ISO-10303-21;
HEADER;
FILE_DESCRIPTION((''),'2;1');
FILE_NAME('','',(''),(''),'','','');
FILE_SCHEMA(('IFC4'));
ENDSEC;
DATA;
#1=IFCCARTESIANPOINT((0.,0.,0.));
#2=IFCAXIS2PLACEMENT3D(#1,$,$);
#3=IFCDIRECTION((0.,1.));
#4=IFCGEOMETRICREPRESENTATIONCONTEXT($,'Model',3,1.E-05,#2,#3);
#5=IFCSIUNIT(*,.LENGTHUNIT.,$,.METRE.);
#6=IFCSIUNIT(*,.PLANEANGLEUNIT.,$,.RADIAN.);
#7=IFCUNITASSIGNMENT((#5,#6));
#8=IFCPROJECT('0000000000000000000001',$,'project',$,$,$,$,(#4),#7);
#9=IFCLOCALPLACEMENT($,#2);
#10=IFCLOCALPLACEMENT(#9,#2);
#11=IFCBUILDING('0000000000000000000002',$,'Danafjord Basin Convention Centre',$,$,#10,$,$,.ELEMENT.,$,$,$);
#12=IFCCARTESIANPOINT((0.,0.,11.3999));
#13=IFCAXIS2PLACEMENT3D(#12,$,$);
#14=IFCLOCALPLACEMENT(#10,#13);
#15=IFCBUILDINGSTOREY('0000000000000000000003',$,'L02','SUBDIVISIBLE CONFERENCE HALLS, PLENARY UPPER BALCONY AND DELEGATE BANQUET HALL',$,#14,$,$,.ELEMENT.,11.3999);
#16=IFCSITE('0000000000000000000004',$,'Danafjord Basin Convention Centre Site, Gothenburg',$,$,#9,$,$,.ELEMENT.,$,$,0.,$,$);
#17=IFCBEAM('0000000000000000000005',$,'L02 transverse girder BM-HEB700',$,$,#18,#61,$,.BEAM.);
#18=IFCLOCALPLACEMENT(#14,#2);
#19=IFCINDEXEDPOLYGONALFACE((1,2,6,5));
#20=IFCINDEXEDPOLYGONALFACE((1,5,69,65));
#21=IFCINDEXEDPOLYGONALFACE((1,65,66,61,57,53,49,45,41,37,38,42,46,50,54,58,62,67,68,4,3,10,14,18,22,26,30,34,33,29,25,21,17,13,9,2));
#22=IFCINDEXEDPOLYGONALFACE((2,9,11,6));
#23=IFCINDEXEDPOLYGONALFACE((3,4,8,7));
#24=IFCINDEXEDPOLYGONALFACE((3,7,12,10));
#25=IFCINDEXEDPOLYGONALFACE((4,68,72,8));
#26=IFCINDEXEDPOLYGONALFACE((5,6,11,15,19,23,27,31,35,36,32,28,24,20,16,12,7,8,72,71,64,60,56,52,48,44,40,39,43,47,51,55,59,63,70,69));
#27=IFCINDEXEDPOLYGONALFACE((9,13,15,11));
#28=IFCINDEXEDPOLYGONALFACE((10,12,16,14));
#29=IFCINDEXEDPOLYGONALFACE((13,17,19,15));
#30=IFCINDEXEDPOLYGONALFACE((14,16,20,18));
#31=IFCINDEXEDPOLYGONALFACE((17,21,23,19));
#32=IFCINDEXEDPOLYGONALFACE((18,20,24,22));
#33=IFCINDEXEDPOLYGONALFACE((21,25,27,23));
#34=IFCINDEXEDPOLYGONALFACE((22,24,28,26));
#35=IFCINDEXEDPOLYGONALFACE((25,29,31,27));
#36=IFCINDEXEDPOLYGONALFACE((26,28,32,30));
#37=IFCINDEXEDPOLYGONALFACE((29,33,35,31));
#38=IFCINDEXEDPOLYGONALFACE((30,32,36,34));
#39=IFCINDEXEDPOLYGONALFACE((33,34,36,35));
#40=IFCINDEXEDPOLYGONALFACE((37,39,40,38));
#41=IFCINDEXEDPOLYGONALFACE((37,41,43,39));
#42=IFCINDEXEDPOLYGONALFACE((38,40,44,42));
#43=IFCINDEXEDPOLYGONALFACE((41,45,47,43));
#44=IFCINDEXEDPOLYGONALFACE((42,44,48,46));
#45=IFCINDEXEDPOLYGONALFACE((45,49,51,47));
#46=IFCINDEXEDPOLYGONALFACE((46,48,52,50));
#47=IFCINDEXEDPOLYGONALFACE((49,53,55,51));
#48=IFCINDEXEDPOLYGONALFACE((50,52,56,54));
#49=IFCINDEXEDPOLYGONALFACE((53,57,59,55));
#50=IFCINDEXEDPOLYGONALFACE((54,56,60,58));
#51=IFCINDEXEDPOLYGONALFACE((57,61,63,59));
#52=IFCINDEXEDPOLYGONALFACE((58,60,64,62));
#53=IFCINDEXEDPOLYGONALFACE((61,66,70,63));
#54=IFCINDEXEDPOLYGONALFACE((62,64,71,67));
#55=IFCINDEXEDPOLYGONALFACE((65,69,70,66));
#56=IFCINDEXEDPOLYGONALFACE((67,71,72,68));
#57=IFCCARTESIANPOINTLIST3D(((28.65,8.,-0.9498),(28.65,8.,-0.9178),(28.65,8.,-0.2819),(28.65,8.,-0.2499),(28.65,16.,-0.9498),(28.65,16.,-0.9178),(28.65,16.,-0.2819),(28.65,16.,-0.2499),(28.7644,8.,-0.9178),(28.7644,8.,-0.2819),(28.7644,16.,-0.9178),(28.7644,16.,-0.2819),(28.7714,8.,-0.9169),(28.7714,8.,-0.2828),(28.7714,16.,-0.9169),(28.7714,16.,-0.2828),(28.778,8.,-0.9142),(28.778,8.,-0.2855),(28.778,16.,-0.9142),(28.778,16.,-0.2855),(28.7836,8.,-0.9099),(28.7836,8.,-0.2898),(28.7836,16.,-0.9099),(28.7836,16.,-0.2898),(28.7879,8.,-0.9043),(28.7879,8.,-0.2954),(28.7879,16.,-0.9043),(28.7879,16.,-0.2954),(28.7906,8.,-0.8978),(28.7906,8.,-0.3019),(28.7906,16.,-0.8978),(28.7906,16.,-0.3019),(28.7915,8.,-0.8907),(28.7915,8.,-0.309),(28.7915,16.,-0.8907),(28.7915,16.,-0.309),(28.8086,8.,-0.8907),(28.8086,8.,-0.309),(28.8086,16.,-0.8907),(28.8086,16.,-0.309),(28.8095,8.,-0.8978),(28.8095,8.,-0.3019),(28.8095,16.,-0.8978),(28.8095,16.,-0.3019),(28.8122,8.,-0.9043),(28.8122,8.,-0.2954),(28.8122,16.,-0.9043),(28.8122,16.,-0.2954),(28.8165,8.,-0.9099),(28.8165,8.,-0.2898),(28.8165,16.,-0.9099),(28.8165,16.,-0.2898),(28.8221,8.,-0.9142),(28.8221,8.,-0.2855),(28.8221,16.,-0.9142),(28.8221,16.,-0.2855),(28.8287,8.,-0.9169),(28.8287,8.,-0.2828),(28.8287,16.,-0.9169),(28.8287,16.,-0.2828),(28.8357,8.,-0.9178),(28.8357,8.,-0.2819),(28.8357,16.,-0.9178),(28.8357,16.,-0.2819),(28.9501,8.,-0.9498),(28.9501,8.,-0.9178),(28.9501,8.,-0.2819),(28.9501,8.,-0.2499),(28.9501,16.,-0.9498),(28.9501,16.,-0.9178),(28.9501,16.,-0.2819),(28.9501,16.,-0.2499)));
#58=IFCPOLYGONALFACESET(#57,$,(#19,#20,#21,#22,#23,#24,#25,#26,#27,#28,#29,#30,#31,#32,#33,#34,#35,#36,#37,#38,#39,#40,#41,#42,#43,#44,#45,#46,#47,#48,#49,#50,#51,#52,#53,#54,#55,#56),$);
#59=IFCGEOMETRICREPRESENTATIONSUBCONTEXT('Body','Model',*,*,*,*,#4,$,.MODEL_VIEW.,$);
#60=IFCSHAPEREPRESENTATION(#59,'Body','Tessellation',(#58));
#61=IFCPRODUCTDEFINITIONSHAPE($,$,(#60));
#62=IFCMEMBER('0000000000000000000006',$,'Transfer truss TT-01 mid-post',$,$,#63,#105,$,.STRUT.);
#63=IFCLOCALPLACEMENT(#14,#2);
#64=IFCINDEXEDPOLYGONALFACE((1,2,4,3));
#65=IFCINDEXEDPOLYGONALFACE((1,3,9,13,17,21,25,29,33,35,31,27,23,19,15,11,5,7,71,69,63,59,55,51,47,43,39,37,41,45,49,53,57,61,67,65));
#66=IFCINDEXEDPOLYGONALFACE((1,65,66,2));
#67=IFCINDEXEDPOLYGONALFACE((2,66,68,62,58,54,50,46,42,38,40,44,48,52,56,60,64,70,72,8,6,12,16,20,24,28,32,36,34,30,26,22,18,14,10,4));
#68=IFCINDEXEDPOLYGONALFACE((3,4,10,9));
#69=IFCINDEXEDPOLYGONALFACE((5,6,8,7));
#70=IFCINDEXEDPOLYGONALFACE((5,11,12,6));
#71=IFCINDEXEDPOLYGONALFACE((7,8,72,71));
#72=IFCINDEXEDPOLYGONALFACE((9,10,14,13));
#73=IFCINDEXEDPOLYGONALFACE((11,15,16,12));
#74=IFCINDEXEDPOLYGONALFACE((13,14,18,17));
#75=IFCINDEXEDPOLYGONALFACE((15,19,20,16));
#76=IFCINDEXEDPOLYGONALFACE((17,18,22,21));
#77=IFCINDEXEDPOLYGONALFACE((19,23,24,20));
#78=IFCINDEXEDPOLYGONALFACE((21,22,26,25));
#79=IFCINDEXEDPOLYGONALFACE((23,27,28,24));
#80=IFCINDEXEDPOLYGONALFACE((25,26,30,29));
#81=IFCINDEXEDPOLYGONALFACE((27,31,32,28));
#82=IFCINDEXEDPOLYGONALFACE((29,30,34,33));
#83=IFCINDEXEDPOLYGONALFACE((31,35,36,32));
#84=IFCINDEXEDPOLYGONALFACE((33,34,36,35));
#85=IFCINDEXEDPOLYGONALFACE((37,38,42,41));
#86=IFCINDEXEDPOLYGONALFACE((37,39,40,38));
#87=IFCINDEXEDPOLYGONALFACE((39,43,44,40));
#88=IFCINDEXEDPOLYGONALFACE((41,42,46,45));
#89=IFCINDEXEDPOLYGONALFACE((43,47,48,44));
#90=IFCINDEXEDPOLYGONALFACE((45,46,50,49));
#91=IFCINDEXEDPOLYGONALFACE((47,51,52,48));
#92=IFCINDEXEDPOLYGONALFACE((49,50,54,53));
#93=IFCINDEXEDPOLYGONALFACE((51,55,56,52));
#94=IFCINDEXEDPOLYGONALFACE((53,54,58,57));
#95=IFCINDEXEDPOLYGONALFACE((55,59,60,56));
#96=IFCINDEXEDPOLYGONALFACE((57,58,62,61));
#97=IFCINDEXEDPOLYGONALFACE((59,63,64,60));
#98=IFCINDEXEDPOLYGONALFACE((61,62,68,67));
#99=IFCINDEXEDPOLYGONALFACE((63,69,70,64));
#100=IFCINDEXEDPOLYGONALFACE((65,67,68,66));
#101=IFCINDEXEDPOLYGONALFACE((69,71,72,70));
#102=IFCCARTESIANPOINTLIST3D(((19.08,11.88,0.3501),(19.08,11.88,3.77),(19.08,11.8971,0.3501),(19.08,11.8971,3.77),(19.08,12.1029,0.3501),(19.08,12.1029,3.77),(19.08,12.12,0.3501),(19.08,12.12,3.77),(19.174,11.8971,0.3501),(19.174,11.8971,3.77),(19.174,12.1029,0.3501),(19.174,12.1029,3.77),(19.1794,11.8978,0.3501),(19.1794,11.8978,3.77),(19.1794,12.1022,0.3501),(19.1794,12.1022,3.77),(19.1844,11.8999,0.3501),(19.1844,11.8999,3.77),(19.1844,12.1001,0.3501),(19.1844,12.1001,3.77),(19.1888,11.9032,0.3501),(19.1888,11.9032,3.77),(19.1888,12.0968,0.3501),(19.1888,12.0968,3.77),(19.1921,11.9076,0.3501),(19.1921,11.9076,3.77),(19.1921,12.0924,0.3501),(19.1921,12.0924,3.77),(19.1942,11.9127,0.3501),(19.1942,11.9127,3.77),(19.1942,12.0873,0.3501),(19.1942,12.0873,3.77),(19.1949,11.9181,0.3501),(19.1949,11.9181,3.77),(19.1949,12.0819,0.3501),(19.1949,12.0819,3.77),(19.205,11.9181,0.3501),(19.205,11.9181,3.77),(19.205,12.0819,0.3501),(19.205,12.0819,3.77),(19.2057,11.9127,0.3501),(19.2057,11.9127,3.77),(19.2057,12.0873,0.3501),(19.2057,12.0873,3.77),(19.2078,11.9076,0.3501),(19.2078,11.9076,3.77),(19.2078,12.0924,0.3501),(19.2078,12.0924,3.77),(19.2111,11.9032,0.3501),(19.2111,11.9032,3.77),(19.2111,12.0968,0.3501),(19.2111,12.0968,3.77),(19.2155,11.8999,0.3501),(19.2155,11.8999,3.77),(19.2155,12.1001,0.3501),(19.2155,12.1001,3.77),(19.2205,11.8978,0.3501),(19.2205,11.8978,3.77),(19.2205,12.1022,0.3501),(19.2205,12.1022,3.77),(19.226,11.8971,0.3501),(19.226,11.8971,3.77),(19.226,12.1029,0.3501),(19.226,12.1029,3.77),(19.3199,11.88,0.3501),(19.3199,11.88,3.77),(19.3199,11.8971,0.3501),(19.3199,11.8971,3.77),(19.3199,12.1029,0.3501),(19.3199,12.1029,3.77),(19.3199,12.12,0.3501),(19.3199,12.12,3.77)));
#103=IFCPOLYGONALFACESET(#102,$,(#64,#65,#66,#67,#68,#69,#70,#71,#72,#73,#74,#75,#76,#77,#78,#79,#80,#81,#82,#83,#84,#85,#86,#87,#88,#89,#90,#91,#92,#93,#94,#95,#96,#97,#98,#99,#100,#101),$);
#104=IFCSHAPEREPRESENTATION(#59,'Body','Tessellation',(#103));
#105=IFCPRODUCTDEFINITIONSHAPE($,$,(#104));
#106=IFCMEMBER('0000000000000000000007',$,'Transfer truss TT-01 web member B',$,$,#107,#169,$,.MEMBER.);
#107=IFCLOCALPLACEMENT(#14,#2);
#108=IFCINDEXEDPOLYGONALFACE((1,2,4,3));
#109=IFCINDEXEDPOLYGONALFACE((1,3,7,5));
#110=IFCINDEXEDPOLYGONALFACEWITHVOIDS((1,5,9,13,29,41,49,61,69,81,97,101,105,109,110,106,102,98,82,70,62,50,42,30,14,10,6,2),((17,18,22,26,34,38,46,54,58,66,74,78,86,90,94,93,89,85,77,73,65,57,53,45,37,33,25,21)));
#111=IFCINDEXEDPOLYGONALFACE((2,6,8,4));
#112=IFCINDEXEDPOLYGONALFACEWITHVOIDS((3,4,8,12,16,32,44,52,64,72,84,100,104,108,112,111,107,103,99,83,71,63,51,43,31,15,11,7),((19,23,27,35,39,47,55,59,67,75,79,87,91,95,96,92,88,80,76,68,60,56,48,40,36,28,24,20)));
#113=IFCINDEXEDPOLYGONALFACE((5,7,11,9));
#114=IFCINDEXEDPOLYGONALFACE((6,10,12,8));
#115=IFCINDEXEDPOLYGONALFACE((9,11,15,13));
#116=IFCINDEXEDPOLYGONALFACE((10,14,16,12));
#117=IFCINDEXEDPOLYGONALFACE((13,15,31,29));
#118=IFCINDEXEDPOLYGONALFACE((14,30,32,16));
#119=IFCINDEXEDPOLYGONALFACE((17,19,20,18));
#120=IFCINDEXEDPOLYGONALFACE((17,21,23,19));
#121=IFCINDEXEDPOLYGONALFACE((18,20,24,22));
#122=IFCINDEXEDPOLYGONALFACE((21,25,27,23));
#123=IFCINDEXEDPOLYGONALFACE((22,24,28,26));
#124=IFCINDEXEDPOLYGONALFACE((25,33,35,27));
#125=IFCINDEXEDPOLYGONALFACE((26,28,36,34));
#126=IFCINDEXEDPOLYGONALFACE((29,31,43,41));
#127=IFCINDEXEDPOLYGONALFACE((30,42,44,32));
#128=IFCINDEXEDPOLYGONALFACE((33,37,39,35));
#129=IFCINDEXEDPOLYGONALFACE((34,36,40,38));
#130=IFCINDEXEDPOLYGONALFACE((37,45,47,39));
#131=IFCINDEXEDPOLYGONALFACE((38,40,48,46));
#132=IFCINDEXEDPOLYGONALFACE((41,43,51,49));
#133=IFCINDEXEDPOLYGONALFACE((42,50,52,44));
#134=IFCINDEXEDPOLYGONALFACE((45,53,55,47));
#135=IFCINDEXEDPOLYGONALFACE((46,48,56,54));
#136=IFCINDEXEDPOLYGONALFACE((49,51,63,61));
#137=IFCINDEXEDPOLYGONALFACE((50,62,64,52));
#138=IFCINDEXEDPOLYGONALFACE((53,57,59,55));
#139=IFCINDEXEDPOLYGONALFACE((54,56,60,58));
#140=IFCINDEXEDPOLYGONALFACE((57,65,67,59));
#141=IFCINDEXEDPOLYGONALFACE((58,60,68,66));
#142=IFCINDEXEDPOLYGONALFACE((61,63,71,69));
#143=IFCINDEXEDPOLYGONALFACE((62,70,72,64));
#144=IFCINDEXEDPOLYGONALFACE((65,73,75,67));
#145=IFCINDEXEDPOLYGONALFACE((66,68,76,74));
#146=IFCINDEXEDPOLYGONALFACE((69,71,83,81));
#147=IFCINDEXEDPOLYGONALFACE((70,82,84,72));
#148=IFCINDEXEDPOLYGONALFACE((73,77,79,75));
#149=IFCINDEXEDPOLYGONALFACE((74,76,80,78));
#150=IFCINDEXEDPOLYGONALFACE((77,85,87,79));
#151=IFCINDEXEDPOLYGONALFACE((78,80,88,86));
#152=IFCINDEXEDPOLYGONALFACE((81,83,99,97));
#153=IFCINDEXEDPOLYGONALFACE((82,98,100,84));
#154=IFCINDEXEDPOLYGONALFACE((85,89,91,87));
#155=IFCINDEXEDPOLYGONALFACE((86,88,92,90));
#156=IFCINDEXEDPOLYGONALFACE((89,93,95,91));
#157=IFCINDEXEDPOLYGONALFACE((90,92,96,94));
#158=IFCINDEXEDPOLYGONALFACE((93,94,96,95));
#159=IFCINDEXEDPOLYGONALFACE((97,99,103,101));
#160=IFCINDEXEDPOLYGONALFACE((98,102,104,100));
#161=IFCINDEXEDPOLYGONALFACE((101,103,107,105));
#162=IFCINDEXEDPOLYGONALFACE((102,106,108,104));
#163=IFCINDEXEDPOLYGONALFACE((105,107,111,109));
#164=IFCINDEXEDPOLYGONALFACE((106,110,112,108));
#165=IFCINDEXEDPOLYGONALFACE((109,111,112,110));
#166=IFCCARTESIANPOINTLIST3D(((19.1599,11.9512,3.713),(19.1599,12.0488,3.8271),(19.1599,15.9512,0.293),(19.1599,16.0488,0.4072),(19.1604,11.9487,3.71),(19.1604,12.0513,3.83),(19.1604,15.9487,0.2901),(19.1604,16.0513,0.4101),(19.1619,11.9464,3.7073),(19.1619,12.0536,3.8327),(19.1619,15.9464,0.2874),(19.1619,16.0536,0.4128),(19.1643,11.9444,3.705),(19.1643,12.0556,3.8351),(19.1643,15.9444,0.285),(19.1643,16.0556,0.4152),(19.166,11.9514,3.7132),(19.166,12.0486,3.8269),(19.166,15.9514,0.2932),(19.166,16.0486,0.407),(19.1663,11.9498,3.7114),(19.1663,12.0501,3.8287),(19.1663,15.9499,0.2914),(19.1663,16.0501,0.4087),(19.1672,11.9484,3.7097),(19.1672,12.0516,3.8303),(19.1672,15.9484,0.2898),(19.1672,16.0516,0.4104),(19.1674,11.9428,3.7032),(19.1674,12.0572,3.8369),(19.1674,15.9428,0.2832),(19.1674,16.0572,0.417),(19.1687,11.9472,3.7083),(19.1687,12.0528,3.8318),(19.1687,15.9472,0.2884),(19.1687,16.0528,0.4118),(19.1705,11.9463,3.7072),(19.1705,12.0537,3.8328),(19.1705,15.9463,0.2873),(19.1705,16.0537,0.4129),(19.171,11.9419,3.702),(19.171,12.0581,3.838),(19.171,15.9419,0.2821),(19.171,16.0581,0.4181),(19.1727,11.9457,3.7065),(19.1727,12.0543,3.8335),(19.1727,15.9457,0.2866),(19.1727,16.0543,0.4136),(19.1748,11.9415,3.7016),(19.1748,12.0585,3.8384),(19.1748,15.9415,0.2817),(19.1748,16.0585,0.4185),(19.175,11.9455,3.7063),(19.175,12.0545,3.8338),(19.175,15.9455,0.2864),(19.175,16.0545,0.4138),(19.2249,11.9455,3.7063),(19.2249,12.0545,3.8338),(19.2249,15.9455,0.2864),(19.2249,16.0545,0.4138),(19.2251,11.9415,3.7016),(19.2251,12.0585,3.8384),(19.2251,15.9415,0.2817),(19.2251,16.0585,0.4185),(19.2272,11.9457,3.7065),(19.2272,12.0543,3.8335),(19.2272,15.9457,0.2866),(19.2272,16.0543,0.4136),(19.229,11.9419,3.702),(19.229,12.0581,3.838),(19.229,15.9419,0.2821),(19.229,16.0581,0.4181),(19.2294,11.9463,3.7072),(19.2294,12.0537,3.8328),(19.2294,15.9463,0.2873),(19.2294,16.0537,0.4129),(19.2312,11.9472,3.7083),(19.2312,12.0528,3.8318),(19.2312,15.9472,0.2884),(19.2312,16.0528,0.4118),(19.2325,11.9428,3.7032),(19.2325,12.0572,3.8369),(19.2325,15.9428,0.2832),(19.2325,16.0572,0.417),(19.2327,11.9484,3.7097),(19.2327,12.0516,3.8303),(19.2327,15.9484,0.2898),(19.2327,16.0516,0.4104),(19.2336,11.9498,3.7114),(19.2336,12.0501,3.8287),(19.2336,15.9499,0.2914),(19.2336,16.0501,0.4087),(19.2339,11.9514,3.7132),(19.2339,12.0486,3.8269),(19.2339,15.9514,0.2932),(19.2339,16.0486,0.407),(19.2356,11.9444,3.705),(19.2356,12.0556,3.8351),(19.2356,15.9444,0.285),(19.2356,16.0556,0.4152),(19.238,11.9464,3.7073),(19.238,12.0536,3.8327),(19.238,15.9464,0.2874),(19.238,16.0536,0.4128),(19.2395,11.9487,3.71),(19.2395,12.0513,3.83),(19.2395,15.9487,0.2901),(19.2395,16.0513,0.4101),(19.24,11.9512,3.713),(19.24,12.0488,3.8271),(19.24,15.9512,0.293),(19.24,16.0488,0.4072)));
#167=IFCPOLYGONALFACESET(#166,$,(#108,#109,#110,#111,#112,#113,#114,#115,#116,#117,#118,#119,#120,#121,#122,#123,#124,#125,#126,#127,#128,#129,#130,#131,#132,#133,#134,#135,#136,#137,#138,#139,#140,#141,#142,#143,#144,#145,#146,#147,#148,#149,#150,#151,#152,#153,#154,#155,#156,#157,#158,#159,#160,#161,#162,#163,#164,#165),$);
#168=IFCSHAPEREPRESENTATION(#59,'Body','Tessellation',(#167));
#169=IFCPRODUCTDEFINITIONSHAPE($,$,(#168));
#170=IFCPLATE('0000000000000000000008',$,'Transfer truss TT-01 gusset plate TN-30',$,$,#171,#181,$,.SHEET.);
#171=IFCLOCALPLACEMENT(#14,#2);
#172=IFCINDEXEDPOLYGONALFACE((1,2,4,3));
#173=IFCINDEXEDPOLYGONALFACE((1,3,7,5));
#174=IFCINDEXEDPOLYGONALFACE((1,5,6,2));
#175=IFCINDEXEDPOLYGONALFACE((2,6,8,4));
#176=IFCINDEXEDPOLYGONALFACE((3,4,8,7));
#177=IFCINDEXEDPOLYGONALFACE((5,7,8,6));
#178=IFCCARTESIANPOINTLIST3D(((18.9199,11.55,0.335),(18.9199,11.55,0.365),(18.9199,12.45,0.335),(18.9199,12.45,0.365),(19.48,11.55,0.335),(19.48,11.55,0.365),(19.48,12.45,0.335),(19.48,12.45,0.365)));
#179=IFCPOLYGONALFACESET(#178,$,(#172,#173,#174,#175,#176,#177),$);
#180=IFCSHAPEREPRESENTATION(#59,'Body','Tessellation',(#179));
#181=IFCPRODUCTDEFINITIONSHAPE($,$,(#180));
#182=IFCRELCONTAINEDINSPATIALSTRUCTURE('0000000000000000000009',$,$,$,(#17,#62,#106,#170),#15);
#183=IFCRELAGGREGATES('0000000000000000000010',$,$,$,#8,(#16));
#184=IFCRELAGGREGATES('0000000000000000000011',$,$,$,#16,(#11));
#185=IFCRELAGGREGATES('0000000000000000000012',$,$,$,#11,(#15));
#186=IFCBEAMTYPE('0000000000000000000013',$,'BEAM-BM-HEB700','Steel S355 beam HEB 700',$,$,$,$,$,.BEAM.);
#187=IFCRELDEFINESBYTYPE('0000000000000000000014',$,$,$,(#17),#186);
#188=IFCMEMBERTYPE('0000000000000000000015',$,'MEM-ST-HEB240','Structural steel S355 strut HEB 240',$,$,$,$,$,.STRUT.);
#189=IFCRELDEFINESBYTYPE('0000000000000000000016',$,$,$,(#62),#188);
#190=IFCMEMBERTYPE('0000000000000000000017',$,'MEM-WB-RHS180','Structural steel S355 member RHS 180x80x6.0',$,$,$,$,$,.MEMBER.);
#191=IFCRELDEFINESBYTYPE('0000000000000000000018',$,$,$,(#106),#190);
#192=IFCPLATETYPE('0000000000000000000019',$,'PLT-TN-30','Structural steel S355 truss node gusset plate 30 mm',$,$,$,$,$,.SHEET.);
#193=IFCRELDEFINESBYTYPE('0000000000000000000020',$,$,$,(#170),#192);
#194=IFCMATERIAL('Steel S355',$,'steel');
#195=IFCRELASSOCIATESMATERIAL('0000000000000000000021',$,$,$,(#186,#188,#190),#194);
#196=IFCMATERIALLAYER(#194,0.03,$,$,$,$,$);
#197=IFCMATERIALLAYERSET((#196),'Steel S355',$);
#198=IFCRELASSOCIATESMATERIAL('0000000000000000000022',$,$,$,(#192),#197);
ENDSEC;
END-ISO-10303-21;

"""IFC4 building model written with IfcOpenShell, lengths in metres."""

from ifc_helpers import new_model, si_unit, direction, frame, origin, origin_2d, place, context, subcontext, project, spatial, rectangle, hollow_rectangle, i_section, extrude, material, layer, layer_set, material_profile, profile_set, type_object, element, save


model = new_model("IFC4")

# Units and contexts
model_context = context("Model", 3, precision=1e-05, world=origin(), true_north=direction((0.0, 1.0)))
body_context = subcontext(model_context, "Body", "Model", "MODEL_VIEW")
ifc_project = project(units=[si_unit("LENGTHUNIT", "METRE"), si_unit("PLANEANGLEUNIT", "RADIAN")], contexts=[model_context])

# Site, building, storey
site_placement = place(None, origin())
site = spatial("IfcSite", under=ifc_project, at=site_placement, Name="Danafjord Basin Convention Centre Site, Gothenburg", CompositionType="ELEMENT", RefElevation=0.0)
building_placement = place(site_placement, origin())
building = spatial("IfcBuilding", under=site, at=building_placement, Name="Danafjord Basin Convention Centre", CompositionType="ELEMENT")
storey_placement = place(building_placement, frame((0.0, 0.0, 11.3999)))
storey = spatial("IfcBuildingStorey", under=building, at=storey_placement, Name="L02", Description="SUBDIVISIBLE CONFERENCE HALLS, PLENARY UPPER BALCONY AND DELEGATE BANQUET HALL", CompositionType="ELEMENT", Elevation=11.3999)

# Shared definitions
ifc_material_1 = material(Name="Steel S355", Category="steel")

# Beam
ifc_material_profile_1 = material_profile(ifc_material_1, i_section(OverallWidth=0.3, OverallDepth=0.7, WebThickness=0.0171, FlangeThickness=0.032, FilletRadius=0.0271, at=origin_2d()), Name="HEB 700")
ifc_profile_set_1 = profile_set([ifc_material_profile_1], Name="Steel S355")
beam_type_1 = type_object("IfcBeamType", Name="BEAM-BM-HEB700", Description="Steel S355 beam HEB 700", PredefinedType="BEAM", material=ifc_profile_set_1)
beam_1_placement = place(storey_placement, frame((28.8, 8.0, -0.5999), z_axis=(0.0, 1.0, 0.0), x_axis=(-1.0, 0.0, 0.0)))
element("IfcBeam", 1, at=beam_1_placement, inside=storey, type_object=beam_type_1, Name="L02 transverse girder BM-HEB700", PredefinedType="BEAM", context=body_context, shape_type="SweptSolid", body=[
    extrude(i_section(OverallWidth=0.3, OverallDepth=0.7, WebThickness=0.0171, FlangeThickness=0.032, FilletRadius=0.0271, at=origin_2d()), origin(), (0.0, 0.0, 1.0), 8.0),
])

# Members
ifc_material_profile_2 = material_profile(ifc_material_1, i_section(OverallWidth=0.24, OverallDepth=0.24, WebThickness=0.01, FlangeThickness=0.0171, FilletRadius=0.021, at=origin_2d()), Name="HEB 240")
ifc_profile_set_2 = profile_set([ifc_material_profile_2], Name="Steel S355")
member_type_1 = type_object("IfcMemberType", Name="MEM-ST-HEB240", Description="Structural steel S355 strut HEB 240", PredefinedType="STRUT", material=ifc_profile_set_2)
member_1_placement = place(storey_placement, frame((19.2, 12.0, 0.3501), z_axis=(0.0, 0.0, 1.0), x_axis=(1.0, 0.0, 0.0)))
element("IfcMember", 2, at=member_1_placement, inside=storey, type_object=member_type_1, Name="Transfer truss TT-01 mid-post", PredefinedType="STRUT", context=body_context, shape_type="SweptSolid", body=[
    extrude(i_section(OverallWidth=0.24, OverallDepth=0.24, WebThickness=0.01, FlangeThickness=0.0171, FilletRadius=0.021, at=origin_2d()), origin(), (0.0, 0.0, 1.0), 3.4199),
])
ifc_material_profile_3 = material_profile(ifc_material_1, hollow_rectangle(XDim=0.0801, YDim=0.1799, WallThickness=0.0061, InnerFilletRadius=0.009, OuterFilletRadius=0.0149, at=origin_2d()), Name="RHS 180x80x6.0")
ifc_profile_set_3 = profile_set([ifc_material_profile_3], Name="Steel S355")
member_type_2 = type_object("IfcMemberType", Name="MEM-WB-RHS180", Description="Structural steel S355 member RHS 180x80x6.0", PredefinedType="MEMBER", material=ifc_profile_set_3)
member_2_placement = place(storey_placement, frame((19.2, 16.0, 0.3501), z_axis=(0.0, -0.760068, 0.649843), x_axis=(1.0, 0.0, 0.0)))
element("IfcMember", 3, at=member_2_placement, inside=storey, type_object=member_type_2, Name="Transfer truss TT-01 web member B", PredefinedType="MEMBER", context=body_context, shape_type="SweptSolid", body=[
    extrude(hollow_rectangle(XDim=0.0801, YDim=0.1799, WallThickness=0.0061, InnerFilletRadius=0.009, OuterFilletRadius=0.0149, at=origin_2d()), origin(), (0.0, 0.0, 1.0), 5.2627),
])

# Plate
ifc_layer_1 = layer(ifc_material_1, 0.03)
ifc_layer_set_1 = layer_set([ifc_layer_1], Name="Steel S355")
plate_type = type_object("IfcPlateType", Name="PLT-TN-30", Description="Structural steel S355 truss node gusset plate 30 mm", PredefinedType="SHEET", material=ifc_layer_set_1)
plate_placement = place(storey_placement, frame((19.2, 12.0, 0.335), z_axis=(0.0, 0.0, 1.0), x_axis=(1.0, 0.0, 0.0)))
element("IfcPlate", 4, at=plate_placement, inside=storey, type_object=plate_type, Name="Transfer truss TT-01 gusset plate TN-30", PredefinedType="SHEET", context=body_context, shape_type="SweptSolid", body=[
    extrude(rectangle(XDim=0.5601, YDim=0.8999, at=origin_2d()), origin(), (0.0, 0.0, 1.0), 0.03),
])

save(model, "model.ifc")
